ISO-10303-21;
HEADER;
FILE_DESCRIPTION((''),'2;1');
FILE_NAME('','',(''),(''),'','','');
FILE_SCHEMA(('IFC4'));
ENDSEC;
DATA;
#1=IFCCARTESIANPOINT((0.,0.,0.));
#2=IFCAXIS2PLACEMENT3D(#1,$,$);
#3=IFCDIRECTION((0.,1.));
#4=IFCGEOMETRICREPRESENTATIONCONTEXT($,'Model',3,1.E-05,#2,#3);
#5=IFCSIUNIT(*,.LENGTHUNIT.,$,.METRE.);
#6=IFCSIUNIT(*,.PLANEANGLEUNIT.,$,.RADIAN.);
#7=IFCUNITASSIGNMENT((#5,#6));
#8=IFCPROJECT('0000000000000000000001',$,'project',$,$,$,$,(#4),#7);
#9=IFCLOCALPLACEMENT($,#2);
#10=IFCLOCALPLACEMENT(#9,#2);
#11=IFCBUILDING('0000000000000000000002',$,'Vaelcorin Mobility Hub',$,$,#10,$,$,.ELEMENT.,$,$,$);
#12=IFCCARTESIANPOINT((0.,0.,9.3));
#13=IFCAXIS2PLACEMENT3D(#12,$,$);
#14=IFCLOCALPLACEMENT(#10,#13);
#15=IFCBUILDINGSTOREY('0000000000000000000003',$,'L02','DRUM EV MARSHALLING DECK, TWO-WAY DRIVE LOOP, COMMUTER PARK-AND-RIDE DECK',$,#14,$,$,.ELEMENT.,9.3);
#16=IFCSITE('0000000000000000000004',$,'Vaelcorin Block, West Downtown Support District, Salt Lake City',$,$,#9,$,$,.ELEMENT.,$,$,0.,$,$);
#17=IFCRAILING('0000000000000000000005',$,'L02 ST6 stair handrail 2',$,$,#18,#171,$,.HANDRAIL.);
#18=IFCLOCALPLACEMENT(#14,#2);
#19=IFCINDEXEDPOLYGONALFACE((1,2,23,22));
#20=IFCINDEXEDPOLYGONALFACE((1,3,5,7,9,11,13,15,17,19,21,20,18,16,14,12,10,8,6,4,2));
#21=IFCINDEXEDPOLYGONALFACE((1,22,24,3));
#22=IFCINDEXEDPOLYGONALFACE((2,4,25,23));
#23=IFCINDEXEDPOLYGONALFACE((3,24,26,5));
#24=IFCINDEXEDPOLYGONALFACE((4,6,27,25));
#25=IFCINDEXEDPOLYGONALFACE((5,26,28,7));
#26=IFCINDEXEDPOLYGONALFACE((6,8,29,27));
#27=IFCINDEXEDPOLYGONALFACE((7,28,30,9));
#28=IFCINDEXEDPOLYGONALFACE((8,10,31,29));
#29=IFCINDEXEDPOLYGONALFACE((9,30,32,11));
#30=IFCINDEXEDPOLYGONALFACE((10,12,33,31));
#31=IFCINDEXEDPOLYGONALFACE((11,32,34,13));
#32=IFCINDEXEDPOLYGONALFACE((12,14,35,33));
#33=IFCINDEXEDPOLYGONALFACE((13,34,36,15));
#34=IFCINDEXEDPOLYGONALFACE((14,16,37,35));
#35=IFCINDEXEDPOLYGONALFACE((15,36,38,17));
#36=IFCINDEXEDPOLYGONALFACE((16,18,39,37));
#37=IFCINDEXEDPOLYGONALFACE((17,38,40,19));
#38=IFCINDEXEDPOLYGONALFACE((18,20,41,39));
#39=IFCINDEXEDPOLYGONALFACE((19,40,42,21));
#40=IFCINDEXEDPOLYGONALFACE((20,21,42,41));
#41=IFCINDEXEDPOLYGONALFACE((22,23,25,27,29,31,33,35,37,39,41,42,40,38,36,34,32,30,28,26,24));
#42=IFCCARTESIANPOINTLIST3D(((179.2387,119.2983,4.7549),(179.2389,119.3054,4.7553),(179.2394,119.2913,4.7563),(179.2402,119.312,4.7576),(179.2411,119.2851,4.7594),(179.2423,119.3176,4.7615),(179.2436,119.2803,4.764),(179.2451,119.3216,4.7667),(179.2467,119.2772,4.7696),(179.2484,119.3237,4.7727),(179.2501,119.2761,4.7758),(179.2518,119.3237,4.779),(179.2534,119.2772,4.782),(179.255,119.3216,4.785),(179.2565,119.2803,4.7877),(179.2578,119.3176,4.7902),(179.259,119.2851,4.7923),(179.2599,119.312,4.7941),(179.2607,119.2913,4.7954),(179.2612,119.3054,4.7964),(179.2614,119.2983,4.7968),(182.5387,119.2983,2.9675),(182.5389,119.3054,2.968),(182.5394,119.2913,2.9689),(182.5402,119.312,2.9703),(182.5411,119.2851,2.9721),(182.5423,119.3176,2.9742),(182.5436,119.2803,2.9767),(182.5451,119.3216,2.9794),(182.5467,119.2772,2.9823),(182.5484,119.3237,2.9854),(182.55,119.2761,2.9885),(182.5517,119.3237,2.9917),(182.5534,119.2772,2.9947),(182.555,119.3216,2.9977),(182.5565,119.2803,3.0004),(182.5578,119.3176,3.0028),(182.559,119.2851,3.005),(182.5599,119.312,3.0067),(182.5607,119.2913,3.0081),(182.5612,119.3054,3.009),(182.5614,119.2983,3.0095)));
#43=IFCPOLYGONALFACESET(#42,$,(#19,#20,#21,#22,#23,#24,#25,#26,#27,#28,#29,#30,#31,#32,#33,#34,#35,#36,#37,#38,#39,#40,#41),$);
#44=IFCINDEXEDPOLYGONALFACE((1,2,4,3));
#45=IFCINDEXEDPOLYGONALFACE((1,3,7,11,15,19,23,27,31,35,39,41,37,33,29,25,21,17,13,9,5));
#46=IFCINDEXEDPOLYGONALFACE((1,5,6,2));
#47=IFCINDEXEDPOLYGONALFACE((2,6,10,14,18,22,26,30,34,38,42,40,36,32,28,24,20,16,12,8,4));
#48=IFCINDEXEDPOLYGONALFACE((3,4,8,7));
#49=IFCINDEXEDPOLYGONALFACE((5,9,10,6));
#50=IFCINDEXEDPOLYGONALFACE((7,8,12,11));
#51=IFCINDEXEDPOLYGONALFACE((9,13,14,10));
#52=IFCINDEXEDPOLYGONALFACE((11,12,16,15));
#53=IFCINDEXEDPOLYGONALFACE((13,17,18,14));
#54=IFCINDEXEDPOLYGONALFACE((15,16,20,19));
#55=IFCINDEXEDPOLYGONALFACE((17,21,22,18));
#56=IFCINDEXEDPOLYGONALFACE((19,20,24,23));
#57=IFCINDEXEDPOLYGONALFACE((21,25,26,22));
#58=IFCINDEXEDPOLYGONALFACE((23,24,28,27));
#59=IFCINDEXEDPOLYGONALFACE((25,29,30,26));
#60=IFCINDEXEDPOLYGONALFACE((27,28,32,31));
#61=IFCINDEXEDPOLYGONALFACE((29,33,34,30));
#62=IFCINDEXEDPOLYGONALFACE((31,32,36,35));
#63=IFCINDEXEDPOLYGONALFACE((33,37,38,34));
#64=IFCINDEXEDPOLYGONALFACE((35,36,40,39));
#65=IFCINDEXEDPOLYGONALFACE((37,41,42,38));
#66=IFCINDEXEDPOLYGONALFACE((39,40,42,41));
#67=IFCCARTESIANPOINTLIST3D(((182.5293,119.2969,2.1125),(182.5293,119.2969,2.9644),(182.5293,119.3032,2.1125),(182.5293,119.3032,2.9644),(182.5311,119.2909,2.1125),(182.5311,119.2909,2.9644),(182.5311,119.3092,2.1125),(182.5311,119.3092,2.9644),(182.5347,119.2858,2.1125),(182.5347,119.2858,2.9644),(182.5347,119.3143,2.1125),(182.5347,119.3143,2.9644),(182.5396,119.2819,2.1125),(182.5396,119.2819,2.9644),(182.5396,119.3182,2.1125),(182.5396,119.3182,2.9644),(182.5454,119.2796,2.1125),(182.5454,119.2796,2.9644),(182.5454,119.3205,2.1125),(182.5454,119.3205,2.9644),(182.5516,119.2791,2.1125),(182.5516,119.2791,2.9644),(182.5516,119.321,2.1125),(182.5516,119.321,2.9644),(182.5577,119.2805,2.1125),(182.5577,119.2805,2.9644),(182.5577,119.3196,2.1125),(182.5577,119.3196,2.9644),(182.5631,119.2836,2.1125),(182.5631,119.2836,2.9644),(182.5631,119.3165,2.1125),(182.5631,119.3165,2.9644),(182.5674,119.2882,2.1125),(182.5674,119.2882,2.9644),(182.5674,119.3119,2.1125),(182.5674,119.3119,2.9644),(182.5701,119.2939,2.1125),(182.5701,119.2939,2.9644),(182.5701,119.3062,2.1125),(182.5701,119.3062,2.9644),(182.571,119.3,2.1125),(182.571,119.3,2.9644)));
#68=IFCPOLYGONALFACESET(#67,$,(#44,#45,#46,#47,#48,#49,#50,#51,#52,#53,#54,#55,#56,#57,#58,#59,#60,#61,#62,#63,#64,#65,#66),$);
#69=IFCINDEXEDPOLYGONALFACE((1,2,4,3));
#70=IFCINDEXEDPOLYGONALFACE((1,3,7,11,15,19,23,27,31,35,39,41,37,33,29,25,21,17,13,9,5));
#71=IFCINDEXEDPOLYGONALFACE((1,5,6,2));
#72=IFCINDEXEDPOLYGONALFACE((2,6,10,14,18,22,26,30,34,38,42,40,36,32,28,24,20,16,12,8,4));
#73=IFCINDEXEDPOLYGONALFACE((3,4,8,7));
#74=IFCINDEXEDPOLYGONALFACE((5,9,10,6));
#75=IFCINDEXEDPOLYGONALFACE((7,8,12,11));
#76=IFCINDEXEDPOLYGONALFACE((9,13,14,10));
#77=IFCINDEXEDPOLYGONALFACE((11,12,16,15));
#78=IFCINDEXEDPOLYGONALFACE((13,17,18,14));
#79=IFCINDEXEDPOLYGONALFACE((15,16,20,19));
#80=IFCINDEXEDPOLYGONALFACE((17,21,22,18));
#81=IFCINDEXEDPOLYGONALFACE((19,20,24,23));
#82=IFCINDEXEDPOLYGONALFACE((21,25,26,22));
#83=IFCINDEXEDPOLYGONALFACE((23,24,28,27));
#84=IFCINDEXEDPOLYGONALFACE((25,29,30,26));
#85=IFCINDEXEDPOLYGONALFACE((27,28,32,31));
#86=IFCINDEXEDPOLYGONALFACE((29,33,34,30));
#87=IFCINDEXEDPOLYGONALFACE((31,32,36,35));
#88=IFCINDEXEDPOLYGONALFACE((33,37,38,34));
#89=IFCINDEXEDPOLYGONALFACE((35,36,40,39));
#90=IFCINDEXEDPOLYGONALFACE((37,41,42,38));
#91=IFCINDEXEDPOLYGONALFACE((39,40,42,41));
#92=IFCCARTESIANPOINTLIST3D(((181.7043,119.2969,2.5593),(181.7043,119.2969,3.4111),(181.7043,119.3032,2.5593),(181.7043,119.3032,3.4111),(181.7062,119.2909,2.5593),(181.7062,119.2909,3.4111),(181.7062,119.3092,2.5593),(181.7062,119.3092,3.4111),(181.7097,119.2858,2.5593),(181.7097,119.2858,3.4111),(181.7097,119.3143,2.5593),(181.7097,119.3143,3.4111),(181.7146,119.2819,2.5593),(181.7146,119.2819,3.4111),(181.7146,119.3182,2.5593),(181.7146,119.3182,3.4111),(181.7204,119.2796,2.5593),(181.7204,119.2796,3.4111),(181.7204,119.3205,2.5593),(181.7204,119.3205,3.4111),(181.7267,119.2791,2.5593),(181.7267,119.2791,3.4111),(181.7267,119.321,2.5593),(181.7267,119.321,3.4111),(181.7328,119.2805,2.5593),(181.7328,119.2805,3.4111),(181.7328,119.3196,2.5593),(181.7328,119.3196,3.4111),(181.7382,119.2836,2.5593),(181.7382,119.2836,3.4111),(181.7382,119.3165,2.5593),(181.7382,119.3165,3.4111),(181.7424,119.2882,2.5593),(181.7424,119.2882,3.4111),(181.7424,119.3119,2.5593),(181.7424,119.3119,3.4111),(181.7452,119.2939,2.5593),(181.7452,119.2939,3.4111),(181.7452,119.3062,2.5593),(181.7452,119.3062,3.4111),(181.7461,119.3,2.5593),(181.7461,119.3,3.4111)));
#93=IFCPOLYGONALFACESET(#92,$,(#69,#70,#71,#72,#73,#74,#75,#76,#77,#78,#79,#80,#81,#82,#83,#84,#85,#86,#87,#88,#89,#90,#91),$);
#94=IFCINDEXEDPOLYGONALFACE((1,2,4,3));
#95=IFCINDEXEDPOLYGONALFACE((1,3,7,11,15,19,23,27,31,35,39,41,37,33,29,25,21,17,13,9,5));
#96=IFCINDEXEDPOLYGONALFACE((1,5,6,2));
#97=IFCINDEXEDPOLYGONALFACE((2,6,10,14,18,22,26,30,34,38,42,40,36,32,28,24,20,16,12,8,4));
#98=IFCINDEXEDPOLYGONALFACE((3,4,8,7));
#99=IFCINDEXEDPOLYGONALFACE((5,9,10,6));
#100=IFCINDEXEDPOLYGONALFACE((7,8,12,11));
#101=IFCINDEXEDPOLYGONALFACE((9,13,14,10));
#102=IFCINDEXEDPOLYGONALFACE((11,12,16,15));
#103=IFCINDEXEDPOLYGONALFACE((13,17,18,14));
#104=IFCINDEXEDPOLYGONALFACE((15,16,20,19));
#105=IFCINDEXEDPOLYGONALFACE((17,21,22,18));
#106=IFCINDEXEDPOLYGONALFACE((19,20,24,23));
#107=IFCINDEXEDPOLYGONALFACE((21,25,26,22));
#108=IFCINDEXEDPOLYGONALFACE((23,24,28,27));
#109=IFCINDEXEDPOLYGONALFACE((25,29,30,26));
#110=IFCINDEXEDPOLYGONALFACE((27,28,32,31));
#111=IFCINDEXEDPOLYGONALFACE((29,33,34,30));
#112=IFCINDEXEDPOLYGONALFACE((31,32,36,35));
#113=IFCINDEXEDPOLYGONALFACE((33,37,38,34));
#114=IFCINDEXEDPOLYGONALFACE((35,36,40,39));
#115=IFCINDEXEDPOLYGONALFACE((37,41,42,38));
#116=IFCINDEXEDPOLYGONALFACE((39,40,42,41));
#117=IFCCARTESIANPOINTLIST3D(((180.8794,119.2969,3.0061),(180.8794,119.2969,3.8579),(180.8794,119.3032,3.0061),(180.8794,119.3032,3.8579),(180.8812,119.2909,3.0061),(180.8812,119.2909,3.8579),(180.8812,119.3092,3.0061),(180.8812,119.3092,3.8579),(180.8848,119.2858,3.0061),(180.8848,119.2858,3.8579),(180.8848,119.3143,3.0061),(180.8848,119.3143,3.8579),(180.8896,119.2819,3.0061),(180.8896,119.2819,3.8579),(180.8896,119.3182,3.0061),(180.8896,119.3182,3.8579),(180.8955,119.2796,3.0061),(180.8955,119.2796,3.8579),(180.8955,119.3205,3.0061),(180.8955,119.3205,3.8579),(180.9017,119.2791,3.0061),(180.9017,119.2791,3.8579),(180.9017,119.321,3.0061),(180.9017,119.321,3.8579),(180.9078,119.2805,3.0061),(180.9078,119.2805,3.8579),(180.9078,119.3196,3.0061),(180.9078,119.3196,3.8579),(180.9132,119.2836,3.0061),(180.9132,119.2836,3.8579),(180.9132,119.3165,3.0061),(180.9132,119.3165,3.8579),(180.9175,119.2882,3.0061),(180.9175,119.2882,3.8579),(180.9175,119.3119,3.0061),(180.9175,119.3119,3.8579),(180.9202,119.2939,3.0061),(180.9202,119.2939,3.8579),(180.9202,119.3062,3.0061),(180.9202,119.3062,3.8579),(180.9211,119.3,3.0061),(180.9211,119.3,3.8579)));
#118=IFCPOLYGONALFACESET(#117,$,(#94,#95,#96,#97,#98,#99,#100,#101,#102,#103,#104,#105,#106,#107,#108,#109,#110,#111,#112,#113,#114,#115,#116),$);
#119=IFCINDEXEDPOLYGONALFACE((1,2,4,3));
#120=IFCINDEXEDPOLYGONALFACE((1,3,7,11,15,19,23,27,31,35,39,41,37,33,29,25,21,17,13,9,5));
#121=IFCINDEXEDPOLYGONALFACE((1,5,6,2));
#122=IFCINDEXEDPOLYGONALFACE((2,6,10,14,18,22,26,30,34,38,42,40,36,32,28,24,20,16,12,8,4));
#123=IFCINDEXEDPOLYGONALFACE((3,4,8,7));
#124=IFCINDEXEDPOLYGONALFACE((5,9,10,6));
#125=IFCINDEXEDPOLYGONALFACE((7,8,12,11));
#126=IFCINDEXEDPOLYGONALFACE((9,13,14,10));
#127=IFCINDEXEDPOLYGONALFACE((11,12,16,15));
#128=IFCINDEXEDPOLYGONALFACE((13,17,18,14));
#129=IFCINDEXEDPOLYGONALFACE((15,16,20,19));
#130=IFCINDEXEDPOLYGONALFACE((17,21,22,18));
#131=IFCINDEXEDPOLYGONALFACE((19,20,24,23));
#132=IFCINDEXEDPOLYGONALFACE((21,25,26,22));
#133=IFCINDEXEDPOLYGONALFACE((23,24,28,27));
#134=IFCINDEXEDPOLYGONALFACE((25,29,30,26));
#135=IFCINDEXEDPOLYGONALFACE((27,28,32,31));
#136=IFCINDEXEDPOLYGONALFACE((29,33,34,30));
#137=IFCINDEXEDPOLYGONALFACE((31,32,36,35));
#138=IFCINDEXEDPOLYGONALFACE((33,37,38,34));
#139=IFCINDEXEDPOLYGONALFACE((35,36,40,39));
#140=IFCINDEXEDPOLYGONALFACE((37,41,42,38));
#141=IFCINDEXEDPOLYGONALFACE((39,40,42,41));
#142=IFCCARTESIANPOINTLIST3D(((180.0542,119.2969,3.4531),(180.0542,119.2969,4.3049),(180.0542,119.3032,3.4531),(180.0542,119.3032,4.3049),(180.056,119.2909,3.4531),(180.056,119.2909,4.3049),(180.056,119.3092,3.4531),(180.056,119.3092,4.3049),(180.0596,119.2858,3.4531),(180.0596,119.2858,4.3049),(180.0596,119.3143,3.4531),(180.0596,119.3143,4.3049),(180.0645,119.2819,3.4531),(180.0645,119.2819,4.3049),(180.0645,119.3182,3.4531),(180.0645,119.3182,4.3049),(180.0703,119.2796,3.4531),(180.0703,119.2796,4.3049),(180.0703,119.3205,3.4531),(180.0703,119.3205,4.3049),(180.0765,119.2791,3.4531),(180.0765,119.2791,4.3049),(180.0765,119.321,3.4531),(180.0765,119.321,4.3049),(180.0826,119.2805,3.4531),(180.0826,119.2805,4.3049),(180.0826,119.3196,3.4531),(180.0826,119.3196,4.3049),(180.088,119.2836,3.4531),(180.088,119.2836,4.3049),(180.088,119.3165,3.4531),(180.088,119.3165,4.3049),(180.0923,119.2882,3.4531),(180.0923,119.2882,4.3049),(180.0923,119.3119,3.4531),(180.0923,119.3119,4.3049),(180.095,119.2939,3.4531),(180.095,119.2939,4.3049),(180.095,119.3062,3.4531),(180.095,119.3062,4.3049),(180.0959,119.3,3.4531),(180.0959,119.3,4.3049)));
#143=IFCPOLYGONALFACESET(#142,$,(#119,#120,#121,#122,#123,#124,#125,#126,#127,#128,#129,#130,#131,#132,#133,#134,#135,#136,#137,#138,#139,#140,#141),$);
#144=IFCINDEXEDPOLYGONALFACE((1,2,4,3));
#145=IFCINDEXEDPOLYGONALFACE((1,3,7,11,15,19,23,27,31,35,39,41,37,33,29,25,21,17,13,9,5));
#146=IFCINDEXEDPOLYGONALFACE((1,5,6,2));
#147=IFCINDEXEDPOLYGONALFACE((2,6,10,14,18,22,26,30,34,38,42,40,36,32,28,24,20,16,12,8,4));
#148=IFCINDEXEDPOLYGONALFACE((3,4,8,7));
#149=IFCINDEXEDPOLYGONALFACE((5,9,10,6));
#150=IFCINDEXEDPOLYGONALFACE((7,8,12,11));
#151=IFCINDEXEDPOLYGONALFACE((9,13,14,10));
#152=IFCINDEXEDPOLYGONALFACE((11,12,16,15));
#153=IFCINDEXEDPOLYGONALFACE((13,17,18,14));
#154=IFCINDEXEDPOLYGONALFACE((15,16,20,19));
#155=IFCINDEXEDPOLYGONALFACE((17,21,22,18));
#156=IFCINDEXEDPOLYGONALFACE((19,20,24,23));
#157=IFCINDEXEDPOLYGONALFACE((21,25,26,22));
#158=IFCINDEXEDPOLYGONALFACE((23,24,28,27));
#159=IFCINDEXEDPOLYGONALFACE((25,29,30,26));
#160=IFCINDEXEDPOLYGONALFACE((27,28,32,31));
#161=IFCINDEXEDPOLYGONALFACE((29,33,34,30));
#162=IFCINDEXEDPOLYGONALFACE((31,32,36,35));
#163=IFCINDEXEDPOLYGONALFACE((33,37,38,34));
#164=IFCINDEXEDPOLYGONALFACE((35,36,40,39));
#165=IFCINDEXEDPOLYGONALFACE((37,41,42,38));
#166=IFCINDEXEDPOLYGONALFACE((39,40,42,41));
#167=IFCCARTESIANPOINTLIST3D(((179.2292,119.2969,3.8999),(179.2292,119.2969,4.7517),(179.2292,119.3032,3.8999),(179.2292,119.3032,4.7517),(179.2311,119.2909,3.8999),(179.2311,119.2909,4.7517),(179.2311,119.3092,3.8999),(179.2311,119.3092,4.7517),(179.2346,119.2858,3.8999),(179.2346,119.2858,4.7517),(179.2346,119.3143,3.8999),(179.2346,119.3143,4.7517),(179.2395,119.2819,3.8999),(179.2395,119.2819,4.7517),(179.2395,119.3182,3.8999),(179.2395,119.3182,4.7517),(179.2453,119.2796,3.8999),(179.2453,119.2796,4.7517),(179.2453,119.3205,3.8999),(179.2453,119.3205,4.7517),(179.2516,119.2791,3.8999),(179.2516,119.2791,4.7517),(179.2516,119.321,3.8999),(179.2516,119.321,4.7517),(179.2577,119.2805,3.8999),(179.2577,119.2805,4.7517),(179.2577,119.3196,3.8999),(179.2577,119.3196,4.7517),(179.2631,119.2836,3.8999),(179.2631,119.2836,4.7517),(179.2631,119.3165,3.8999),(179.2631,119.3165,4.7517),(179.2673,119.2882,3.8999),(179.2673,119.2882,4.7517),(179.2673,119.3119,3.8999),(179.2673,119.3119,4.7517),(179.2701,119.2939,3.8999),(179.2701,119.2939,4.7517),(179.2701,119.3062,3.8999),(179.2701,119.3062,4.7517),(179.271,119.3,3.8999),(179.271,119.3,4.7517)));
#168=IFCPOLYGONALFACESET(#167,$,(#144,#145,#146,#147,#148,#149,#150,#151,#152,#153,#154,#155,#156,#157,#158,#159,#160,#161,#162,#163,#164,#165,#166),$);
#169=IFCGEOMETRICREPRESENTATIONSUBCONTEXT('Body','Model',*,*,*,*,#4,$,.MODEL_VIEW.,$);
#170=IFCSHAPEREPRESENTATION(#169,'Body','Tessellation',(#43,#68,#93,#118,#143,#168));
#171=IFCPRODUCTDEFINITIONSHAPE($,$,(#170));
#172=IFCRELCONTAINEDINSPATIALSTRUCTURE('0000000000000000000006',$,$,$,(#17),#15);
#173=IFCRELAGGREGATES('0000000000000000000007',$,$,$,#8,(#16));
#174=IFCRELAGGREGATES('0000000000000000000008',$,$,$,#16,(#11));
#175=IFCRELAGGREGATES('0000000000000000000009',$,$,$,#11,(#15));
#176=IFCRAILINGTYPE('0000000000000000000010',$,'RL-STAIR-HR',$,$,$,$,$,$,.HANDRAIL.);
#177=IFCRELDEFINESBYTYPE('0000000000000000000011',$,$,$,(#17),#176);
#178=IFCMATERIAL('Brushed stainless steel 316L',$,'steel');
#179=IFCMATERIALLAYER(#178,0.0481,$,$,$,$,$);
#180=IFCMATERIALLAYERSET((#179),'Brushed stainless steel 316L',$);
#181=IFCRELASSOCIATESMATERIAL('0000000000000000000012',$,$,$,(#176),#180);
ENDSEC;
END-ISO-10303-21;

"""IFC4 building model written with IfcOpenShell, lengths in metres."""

from ifc_helpers import new_model, si_unit, direction, frame, origin, origin_2d, place, context, subcontext, project, spatial, circle, extrude, material, layer, layer_set, type_object, element, save


model = new_model("IFC4")

# Units and contexts
model_context = context("Model", 3, precision=1e-05, world=origin(), true_north=direction((0.0, 1.0)))
body_context = subcontext(model_context, "Body", "Model", "MODEL_VIEW")
ifc_project = project(units=[si_unit("LENGTHUNIT", "METRE"), si_unit("PLANEANGLEUNIT", "RADIAN")], contexts=[model_context])

# Site, building, storey
site_placement = place(None, origin())
site = spatial("IfcSite", under=ifc_project, at=site_placement, Name="Vaelcorin Block, West Downtown Support District, Salt Lake City", CompositionType="ELEMENT", RefElevation=0.0)
building_placement = place(site_placement, origin())
building = spatial("IfcBuilding", under=site, at=building_placement, Name="Vaelcorin Mobility Hub", CompositionType="ELEMENT")
storey_placement = place(building_placement, frame((0.0, 0.0, 9.3)))
storey = spatial("IfcBuildingStorey", under=building, at=storey_placement, Name="L02", Description="DRUM EV MARSHALLING DECK, TWO-WAY DRIVE LOOP, COMMUTER PARK-AND-RIDE DECK", CompositionType="ELEMENT", Elevation=9.3)

# Railing
ifc_material_1 = material(Name="Brushed stainless steel 316L", Category="steel")
ifc_layer_1 = layer(ifc_material_1, 0.0481)
ifc_layer_set_1 = layer_set([ifc_layer_1], Name="Brushed stainless steel 316L")
railing_type_1 = type_object("IfcRailingType", Name="RL-STAIR-HR", PredefinedType="HANDRAIL", material=ifc_layer_set_1)
railing_1_placement = place(storey_placement, frame((182.55, 119.3, 2.1125)))
element("IfcRailing", 1, at=railing_1_placement, inside=storey, type_object=railing_type_1, Name="L02 ST6 stair handrail 2", PredefinedType="HANDRAIL", context=body_context, shape_type="SweptSolid", body=[
    extrude(circle(Radius=0.0239, at=origin_2d()), frame((0.0, 0.0, 0.876), z_axis=(-0.879311, 0.0, 0.476248), x_axis=(0.0, -1.0, 0.0)), (0.0, 0.0, 1.0), 3.7529),
    extrude(circle(Radius=0.021, at=origin_2d()), origin(), (0.0, 0.0, 1.0), 0.8518),
    extrude(circle(Radius=0.021, at=origin_2d()), frame((-0.825, 0.0, 0.4468)), (0.0, 0.0, 1.0), 0.8518),
    extrude(circle(Radius=0.021, at=origin_2d()), frame((-1.6499, 0.0, 0.8936)), (0.0, 0.0, 1.0), 0.8518),
    extrude(circle(Radius=0.021, at=origin_2d()), frame((-2.4751, 0.0, 1.3406)), (0.0, 0.0, 1.0), 0.8518),
    extrude(circle(Radius=0.021, at=origin_2d()), frame((-3.3, 0.0, 1.7874)), (0.0, 0.0, 1.0), 0.8518),
])

save(model, "model.ifc")
